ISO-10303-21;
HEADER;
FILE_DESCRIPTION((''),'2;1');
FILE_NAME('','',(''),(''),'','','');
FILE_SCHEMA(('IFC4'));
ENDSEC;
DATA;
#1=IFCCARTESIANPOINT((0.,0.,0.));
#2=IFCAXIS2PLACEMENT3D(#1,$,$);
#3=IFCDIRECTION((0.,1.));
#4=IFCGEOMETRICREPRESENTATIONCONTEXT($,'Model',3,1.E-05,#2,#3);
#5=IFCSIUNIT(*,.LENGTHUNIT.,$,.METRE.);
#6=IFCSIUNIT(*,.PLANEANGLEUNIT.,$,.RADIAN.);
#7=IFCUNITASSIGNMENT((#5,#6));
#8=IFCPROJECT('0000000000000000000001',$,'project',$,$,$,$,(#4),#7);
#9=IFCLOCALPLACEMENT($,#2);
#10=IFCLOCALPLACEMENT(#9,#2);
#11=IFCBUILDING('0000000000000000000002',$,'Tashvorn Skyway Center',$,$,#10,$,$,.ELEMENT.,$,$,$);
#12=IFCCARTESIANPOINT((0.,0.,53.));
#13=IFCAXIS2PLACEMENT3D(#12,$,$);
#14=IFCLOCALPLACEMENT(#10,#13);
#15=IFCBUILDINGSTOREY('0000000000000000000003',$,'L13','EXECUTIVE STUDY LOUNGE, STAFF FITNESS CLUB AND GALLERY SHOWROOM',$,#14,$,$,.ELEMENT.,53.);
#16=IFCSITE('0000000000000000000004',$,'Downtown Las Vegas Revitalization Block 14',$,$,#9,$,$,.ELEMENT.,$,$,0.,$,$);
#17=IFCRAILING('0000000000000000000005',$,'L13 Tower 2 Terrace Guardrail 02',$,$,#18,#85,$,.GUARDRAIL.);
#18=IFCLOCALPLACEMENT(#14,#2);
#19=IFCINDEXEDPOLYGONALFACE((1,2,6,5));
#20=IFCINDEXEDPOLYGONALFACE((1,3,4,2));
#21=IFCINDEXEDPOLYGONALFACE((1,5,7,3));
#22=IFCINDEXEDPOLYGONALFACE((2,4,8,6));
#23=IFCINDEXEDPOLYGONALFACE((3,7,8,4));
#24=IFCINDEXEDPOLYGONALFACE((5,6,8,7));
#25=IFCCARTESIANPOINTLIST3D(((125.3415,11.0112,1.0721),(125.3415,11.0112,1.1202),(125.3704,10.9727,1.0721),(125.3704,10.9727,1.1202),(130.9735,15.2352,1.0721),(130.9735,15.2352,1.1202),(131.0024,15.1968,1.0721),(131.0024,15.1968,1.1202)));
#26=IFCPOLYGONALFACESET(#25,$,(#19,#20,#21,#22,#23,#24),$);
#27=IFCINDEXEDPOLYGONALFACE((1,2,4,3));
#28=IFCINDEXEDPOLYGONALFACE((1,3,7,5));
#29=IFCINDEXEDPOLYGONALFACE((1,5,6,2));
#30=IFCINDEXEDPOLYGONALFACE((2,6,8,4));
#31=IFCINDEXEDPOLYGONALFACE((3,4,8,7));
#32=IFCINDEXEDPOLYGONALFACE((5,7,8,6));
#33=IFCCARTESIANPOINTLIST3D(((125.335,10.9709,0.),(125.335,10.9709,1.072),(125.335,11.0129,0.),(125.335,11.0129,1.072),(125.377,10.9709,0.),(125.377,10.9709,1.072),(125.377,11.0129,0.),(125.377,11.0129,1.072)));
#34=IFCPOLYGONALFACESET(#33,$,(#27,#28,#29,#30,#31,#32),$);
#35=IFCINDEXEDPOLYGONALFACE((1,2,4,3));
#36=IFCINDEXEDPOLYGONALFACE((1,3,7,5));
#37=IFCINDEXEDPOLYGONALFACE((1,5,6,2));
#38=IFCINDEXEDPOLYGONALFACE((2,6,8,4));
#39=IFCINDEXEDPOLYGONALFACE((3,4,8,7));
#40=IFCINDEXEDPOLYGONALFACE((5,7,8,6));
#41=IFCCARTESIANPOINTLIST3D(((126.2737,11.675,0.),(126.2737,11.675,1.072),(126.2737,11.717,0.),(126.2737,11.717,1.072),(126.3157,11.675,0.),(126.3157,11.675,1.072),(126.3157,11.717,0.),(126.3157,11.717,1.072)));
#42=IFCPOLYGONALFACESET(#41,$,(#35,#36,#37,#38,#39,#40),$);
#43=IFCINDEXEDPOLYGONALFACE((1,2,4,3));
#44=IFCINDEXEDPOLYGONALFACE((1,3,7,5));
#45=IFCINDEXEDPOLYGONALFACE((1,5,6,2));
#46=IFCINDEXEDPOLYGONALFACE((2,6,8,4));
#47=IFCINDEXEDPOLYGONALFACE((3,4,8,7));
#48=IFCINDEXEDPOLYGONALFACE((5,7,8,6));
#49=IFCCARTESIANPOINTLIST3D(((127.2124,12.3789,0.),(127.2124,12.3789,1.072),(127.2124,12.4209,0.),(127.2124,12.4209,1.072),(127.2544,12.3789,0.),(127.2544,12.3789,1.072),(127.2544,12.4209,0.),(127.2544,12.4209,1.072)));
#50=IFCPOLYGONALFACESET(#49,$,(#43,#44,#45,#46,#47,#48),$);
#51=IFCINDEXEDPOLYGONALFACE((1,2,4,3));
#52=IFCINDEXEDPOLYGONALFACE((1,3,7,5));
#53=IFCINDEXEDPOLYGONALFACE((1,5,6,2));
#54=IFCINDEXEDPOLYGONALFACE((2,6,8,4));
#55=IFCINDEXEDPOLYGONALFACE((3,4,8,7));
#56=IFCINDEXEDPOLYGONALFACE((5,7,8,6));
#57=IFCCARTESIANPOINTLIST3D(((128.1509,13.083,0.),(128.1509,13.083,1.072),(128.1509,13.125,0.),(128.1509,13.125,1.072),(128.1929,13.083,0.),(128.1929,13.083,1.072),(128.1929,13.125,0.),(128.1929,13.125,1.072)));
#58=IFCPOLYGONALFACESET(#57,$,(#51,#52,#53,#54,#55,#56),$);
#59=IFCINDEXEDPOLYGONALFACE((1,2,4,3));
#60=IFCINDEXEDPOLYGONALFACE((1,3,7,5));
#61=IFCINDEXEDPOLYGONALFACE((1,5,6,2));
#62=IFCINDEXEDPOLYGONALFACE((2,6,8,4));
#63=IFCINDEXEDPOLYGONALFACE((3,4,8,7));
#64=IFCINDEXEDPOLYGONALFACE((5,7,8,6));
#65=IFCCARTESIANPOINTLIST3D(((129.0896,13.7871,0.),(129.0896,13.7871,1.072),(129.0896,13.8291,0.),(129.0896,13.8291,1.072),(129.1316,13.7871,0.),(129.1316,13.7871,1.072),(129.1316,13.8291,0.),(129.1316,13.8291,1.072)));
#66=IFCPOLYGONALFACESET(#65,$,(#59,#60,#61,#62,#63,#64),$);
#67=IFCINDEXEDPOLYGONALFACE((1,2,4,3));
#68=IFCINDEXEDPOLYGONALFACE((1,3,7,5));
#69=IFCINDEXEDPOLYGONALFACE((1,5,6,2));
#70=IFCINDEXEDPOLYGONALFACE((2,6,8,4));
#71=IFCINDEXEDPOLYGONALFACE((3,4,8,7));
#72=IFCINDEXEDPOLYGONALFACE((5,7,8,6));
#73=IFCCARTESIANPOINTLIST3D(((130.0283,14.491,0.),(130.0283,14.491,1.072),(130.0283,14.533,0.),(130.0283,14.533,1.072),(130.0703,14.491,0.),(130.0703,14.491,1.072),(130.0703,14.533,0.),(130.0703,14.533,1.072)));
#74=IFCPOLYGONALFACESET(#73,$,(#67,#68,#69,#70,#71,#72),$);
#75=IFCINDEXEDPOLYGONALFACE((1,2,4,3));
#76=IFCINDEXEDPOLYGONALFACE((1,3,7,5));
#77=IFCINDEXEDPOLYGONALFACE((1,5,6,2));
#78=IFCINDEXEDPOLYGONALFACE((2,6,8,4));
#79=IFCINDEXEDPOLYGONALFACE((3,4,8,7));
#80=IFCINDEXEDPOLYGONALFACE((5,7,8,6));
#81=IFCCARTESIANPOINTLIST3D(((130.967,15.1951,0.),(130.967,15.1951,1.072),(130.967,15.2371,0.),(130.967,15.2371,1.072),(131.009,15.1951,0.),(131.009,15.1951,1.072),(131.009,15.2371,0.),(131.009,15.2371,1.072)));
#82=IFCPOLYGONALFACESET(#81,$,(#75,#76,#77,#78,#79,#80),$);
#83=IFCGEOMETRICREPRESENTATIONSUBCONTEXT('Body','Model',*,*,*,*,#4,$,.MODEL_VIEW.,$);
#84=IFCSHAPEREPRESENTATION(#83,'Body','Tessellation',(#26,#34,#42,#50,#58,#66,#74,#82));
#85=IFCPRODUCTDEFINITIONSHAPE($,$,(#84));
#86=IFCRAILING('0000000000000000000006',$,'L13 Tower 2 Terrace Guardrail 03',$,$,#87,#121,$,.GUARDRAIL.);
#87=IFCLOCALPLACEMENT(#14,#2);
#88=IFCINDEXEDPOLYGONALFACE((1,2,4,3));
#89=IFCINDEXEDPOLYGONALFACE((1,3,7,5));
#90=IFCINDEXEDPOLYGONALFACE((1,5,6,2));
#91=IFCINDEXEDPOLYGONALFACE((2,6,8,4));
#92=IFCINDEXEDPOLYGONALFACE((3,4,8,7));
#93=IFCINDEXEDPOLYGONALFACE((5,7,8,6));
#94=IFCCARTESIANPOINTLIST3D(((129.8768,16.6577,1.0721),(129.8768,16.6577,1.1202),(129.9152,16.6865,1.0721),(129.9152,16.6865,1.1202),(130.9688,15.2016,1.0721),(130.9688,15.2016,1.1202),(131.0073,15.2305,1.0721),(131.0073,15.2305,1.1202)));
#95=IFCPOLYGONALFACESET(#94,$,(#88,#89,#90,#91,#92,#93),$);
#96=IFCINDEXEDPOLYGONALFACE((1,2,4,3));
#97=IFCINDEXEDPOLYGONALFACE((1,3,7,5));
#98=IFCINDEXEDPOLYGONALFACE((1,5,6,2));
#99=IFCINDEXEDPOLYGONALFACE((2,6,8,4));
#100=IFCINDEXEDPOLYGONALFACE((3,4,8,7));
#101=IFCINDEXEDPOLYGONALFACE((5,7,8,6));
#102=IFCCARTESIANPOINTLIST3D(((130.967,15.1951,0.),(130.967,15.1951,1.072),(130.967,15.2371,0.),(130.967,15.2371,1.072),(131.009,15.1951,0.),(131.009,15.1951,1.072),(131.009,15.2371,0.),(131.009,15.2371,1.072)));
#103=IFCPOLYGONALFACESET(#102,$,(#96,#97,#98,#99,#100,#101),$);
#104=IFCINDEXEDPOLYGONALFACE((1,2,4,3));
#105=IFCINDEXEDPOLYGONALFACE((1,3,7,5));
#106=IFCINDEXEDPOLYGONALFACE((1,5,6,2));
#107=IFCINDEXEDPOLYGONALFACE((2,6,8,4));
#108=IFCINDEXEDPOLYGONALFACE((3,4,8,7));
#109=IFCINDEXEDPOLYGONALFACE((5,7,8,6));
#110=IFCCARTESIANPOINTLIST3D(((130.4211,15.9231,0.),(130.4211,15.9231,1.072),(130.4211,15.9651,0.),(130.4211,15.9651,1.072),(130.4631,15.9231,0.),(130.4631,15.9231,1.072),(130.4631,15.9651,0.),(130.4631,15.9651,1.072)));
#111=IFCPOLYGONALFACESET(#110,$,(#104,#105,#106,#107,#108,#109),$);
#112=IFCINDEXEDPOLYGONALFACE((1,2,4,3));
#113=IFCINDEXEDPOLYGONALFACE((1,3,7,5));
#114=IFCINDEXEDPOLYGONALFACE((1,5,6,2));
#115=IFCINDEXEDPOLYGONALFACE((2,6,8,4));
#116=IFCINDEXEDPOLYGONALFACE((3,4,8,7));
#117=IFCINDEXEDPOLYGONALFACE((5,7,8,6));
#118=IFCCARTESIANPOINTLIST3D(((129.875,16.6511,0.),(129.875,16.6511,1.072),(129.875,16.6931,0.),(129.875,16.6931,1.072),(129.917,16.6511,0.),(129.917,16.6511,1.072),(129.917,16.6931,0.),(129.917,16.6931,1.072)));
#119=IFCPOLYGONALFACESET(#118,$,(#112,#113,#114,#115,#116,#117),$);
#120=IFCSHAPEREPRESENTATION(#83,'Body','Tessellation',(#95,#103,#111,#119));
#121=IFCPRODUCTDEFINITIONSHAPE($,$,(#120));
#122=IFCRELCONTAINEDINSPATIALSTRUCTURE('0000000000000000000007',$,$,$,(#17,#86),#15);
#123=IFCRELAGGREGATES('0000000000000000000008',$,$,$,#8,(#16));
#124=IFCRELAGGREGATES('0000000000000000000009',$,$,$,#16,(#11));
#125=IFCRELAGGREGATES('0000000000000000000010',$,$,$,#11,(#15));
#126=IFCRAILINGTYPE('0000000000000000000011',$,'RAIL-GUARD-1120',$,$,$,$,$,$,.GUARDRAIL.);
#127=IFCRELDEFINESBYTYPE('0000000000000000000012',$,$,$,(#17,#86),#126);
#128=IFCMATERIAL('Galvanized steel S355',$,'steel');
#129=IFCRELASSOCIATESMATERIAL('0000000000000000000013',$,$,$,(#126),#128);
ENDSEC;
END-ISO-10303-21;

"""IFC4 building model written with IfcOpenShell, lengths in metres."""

from ifc_helpers import new_model, si_unit, direction, frame, origin, origin_2d, place, context, subcontext, project, spatial, rectangle, extrude, material, type_object, element, save


model = new_model("IFC4")

# Units and contexts
model_context = context("Model", 3, precision=1e-05, world=origin(), true_north=direction((0.0, 1.0)))
body_context = subcontext(model_context, "Body", "Model", "MODEL_VIEW")
ifc_project = project(units=[si_unit("LENGTHUNIT", "METRE"), si_unit("PLANEANGLEUNIT", "RADIAN")], contexts=[model_context])

# Site, building, storey
site_placement = place(None, origin())
site = spatial("IfcSite", under=ifc_project, at=site_placement, Name="Downtown Las Vegas Revitalization Block 14", CompositionType="ELEMENT", RefElevation=0.0)
building_placement = place(site_placement, origin())
building = spatial("IfcBuilding", under=site, at=building_placement, Name="Tashvorn Skyway Center", CompositionType="ELEMENT")
storey_placement = place(building_placement, frame((0.0, 0.0, 53.0)))
storey = spatial("IfcBuildingStorey", under=building, at=storey_placement, Name="L13", Description="EXECUTIVE STUDY LOUNGE, STAFF FITNESS CLUB AND GALLERY SHOWROOM", CompositionType="ELEMENT", Elevation=53.0)

# Railings
ifc_material_1 = material(Name="Galvanized steel S355", Category="steel")
railing_type = type_object("IfcRailingType", Name="RAIL-GUARD-1120", PredefinedType="GUARDRAIL", material=ifc_material_1)
railing_1_placement = place(storey_placement, frame((125.356, 10.9919, 0.0)))
element("IfcRailing", 1, at=railing_1_placement, inside=storey, type_object=railing_type, Name="L13 Tower 2 Terrace Guardrail 02", PredefinedType="GUARDRAIL", context=body_context, shape_type="SweptSolid", body=[
    extrude(rectangle(XDim=0.0481, YDim=0.0481, at=origin_2d()), frame((0.0, 0.0, 1.0962), z_axis=(0.799996, 0.600006, 0.0), x_axis=(-0.600006, 0.799996, 0.0)), (0.0, 0.0, 1.0), 7.04),
    extrude(rectangle(XDim=0.042, YDim=0.042, at=origin_2d()), origin(), (0.0, 0.0, 1.0), 1.072),
    extrude(rectangle(XDim=0.042, YDim=0.042, at=origin_2d()), frame((0.9387, 0.7041, 0.0)), (0.0, 0.0, 1.0), 1.072),
    extrude(rectangle(XDim=0.042, YDim=0.042, at=origin_2d()), frame((1.8774, 1.408, 0.0)), (0.0, 0.0, 1.0), 1.072),
    extrude(rectangle(XDim=0.042, YDim=0.042, at=origin_2d()), frame((2.8159, 2.1121, 0.0)), (0.0, 0.0, 1.0), 1.072),
    extrude(rectangle(XDim=0.042, YDim=0.042, at=origin_2d()), frame((3.7546, 2.8162, 0.0)), (0.0, 0.0, 1.0), 1.072),
    extrude(rectangle(XDim=0.042, YDim=0.042, at=origin_2d()), frame((4.6934, 3.52, 0.0)), (0.0, 0.0, 1.0), 1.072),
    extrude(rectangle(XDim=0.042, YDim=0.042, at=origin_2d()), frame((5.6321, 4.2241, 0.0)), (0.0, 0.0, 1.0), 1.072),
])
railing_2_placement = place(storey_placement, frame((130.988, 15.2161, 0.0)))
element("IfcRailing", 2, at=railing_2_placement, inside=storey, type_object=railing_type, Name="L13 Tower 2 Terrace Guardrail 03", PredefinedType="GUARDRAIL", context=body_context, shape_type="SweptSolid", body=[
    extrude(rectangle(XDim=0.0481, YDim=0.0481, at=origin_2d()), frame((0.0, 0.0, 1.0962), z_axis=(-0.6, 0.8, 0.0), x_axis=(-0.8, -0.6, 0.0)), (0.0, 0.0, 1.0), 1.8201),
    extrude(rectangle(XDim=0.042, YDim=0.042, at=origin_2d()), origin(), (0.0, 0.0, 1.0), 1.072),
    extrude(rectangle(XDim=0.042, YDim=0.042, at=origin_2d()), frame((-0.5459, 0.728, 0.0)), (0.0, 0.0, 1.0), 1.072),
    extrude(rectangle(XDim=0.042, YDim=0.042, at=origin_2d()), frame((-1.092, 1.4561, 0.0)), (0.0, 0.0, 1.0), 1.072),
])

save(model, "model.ifc")
